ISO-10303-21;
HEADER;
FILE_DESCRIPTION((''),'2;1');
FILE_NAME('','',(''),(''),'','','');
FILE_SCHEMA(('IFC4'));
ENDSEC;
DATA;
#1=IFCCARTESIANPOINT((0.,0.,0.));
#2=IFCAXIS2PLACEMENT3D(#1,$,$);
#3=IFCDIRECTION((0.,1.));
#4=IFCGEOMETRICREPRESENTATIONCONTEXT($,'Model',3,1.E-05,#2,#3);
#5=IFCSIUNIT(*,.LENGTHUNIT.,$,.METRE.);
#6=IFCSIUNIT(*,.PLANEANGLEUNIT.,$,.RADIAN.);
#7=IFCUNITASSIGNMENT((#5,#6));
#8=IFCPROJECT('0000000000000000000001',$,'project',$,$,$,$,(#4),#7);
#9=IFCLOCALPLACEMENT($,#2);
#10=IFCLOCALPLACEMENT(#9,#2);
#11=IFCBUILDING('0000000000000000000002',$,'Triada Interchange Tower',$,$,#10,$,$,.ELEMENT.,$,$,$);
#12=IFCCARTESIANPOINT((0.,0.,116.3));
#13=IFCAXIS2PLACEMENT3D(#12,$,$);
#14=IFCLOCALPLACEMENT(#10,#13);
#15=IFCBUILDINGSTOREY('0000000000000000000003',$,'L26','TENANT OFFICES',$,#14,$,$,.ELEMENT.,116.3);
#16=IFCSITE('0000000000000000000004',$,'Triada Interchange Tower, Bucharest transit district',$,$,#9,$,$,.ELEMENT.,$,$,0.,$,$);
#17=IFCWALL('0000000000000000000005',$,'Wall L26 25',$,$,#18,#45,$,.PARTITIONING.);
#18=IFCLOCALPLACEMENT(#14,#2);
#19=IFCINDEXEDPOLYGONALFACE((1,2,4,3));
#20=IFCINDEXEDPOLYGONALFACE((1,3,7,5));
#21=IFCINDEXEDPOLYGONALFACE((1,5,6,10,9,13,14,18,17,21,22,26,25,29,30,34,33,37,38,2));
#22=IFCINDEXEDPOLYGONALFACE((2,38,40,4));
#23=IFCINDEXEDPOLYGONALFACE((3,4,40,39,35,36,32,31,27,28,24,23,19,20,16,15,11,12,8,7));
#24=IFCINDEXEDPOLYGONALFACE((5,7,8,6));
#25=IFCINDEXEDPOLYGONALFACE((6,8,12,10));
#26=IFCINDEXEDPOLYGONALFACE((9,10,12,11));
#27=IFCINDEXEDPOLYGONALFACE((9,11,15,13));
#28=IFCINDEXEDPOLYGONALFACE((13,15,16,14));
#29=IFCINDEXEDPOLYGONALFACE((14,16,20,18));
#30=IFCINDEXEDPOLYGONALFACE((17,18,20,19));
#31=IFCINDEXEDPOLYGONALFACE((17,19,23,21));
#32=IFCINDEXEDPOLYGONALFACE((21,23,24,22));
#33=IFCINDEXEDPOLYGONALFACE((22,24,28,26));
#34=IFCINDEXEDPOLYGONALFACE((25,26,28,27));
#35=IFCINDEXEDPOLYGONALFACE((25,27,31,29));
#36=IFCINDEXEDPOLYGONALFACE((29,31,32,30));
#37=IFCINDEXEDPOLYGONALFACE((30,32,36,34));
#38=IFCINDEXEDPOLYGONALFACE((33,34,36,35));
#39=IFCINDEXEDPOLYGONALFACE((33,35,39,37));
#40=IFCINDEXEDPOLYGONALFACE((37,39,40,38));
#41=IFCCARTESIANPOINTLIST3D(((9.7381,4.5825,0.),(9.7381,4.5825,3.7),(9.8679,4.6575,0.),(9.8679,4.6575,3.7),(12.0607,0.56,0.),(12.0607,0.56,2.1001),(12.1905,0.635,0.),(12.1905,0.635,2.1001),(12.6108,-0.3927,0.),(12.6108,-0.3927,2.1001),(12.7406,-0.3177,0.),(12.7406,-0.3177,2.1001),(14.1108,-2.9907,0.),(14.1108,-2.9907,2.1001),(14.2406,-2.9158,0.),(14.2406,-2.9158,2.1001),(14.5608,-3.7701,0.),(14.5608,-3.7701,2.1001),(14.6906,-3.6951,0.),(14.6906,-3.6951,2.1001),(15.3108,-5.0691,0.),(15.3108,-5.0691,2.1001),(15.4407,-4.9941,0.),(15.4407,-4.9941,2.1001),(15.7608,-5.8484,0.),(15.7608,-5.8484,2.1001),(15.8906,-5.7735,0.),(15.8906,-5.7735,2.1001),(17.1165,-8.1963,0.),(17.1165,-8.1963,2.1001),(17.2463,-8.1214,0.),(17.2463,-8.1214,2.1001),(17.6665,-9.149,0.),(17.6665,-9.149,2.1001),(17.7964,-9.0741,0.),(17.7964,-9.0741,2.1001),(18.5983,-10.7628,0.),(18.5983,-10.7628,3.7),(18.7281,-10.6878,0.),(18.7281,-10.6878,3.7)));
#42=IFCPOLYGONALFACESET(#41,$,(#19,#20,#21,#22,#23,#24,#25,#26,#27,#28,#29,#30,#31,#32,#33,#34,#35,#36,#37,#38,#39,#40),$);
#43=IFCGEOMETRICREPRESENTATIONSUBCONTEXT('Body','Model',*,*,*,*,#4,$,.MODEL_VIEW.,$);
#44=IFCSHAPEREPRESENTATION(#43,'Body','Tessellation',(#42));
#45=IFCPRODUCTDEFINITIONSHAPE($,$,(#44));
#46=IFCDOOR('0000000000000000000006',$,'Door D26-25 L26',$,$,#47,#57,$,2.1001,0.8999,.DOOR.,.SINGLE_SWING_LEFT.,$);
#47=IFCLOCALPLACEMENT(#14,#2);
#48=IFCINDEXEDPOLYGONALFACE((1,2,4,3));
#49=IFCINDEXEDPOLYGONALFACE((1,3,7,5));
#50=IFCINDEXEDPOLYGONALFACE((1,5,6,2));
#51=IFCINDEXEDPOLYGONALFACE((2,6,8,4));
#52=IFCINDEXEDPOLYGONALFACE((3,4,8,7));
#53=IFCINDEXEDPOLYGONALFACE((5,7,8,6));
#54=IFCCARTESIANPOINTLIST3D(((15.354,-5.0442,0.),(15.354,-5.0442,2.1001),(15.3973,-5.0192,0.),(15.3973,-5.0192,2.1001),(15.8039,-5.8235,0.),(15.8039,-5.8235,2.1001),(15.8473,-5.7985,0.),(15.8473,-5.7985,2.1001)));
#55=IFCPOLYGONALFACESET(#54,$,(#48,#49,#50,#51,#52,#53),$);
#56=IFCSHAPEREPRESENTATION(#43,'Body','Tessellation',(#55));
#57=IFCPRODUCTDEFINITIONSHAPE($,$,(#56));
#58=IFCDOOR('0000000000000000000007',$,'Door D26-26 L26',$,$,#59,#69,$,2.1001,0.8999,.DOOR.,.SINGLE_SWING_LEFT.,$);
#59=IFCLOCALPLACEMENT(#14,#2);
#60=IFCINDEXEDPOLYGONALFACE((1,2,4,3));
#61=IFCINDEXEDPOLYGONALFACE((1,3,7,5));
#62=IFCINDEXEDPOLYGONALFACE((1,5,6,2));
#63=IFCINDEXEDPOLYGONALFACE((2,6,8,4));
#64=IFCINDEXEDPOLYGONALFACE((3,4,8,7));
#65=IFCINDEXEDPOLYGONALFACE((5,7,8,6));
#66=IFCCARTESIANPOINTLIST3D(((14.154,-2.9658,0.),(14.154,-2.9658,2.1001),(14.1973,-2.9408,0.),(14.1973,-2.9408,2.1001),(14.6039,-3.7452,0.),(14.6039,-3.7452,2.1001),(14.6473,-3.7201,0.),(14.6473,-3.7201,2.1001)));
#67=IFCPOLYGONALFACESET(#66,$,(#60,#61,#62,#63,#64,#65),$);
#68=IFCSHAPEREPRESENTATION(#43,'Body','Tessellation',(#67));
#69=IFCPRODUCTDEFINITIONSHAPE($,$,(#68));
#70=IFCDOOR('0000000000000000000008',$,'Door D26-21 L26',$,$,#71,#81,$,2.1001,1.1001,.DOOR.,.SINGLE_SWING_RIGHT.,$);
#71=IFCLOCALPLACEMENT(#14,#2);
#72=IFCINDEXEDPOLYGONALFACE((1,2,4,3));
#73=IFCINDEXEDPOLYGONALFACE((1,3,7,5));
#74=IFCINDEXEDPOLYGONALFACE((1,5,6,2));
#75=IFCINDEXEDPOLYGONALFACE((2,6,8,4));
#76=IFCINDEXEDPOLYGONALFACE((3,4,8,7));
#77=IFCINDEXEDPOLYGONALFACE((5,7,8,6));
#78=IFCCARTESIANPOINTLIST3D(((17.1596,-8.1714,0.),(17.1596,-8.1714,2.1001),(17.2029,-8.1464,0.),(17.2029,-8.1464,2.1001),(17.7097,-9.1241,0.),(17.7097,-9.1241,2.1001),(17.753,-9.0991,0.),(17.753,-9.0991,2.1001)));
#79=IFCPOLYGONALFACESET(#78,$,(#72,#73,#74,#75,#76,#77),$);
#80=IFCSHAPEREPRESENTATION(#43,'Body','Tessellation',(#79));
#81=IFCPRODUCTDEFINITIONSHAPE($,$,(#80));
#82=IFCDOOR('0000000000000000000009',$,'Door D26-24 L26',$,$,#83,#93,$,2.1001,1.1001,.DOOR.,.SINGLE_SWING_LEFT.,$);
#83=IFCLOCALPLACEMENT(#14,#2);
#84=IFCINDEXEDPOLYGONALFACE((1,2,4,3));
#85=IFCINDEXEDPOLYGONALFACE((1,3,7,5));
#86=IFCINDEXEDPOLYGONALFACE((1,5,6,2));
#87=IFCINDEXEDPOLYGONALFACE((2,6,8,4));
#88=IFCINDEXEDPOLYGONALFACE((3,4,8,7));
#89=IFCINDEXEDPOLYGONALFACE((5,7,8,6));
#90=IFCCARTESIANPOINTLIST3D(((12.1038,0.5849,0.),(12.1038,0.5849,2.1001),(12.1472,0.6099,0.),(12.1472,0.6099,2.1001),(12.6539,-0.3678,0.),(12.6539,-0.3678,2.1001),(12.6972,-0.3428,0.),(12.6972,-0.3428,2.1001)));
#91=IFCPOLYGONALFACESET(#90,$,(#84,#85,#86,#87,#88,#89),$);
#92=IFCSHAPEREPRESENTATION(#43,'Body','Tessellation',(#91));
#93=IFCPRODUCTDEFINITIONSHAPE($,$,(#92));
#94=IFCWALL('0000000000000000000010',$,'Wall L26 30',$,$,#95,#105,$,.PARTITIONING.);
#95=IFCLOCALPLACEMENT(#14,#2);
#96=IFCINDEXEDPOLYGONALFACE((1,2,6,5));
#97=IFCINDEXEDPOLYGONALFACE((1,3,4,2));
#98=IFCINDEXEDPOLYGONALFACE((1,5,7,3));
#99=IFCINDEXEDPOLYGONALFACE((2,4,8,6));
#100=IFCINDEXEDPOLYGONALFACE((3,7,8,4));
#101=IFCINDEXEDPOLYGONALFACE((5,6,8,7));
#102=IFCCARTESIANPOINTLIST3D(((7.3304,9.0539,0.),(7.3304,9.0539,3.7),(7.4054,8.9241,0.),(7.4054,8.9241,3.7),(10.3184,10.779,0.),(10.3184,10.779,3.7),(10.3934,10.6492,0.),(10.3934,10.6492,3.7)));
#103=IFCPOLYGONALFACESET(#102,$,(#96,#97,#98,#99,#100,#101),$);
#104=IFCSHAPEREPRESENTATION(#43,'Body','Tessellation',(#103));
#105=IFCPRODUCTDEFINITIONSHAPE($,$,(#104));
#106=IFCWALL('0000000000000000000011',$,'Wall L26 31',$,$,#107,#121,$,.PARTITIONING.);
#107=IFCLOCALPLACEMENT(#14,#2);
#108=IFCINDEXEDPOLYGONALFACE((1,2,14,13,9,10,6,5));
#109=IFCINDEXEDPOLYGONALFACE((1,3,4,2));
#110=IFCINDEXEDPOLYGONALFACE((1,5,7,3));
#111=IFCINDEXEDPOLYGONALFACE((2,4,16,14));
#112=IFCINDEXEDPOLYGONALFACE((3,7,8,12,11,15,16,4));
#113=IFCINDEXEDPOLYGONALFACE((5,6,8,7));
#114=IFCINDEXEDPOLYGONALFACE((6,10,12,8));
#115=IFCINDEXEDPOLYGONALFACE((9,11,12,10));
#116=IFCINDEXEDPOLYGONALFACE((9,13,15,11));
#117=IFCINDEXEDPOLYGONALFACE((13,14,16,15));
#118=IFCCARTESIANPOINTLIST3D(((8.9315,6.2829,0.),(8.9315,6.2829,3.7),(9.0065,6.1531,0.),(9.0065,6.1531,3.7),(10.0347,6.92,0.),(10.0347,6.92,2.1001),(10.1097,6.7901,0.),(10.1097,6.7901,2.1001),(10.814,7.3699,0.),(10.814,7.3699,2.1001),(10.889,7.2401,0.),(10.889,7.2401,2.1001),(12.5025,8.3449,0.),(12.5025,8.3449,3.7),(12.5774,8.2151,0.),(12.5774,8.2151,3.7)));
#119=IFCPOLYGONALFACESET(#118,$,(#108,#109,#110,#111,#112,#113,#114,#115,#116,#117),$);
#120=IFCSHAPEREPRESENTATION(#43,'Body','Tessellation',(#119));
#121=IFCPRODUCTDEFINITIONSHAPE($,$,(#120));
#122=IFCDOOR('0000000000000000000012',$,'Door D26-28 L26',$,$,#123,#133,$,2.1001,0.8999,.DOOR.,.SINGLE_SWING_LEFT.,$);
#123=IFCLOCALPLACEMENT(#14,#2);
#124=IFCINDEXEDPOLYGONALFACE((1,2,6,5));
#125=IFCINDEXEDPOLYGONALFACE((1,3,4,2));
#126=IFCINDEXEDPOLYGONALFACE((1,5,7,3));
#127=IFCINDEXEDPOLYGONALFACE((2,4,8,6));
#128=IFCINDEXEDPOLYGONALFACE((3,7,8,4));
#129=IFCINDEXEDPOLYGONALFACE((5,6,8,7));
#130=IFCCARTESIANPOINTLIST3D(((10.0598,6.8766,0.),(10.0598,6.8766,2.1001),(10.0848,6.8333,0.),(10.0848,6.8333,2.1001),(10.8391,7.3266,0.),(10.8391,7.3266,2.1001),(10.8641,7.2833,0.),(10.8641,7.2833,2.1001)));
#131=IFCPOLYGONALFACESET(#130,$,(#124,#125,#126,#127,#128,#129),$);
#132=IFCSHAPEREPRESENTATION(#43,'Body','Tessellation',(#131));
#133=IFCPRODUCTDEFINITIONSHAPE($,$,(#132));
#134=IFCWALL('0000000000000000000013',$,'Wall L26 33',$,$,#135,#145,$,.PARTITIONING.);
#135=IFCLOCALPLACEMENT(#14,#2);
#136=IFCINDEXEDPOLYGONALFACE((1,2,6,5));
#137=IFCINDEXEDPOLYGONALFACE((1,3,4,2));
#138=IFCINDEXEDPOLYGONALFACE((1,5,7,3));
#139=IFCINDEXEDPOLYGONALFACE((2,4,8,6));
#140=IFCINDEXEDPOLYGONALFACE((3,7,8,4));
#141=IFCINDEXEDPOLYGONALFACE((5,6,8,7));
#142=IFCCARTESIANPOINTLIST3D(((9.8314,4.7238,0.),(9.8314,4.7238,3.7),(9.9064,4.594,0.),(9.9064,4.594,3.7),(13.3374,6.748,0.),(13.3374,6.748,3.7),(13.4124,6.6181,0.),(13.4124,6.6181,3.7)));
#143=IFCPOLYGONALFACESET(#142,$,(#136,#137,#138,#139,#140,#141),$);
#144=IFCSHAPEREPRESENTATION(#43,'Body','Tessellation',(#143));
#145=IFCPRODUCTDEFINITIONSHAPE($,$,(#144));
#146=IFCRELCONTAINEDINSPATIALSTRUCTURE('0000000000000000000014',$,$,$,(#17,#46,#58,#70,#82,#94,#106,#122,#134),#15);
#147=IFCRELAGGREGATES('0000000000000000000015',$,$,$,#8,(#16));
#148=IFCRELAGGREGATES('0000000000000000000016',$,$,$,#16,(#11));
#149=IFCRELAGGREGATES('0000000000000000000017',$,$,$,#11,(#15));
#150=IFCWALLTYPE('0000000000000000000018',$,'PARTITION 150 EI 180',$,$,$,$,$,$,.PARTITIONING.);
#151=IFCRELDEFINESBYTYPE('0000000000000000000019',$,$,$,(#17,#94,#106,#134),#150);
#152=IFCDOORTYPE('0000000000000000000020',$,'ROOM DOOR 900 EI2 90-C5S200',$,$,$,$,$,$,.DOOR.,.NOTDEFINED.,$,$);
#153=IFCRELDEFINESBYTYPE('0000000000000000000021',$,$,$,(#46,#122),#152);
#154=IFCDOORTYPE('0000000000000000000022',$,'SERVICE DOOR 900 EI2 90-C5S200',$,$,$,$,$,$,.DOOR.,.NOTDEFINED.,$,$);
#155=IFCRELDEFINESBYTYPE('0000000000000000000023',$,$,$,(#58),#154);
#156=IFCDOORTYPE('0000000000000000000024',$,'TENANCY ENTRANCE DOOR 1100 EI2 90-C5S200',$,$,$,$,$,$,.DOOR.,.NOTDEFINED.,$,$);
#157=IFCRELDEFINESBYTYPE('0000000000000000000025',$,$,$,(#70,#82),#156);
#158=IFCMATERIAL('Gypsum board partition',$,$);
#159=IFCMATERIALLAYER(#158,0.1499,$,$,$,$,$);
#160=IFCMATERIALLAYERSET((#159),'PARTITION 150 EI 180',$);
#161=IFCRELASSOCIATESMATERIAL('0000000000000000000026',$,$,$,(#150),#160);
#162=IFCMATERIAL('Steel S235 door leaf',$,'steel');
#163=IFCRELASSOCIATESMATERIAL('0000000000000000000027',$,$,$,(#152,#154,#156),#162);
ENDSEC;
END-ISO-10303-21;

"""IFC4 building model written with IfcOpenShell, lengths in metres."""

from ifc_helpers import new_model, si_unit, direction, frame, frame_2d, origin, place, context, subcontext, project, spatial, rectangle, extrude, material, layer, layer_set, type_object, element, fill, save


model = new_model("IFC4")

# Units and contexts
model_context = context("Model", 3, precision=1e-05, world=origin(), true_north=direction((0.0, 1.0)))
body_context = subcontext(model_context, "Body", "Model", "MODEL_VIEW")
ifc_project = project(units=[si_unit("LENGTHUNIT", "METRE"), si_unit("PLANEANGLEUNIT", "RADIAN")], contexts=[model_context])

# Site, building, storey
site_placement = place(None, origin())
site = spatial("IfcSite", under=ifc_project, at=site_placement, Name="Triada Interchange Tower, Bucharest transit district", CompositionType="ELEMENT", RefElevation=0.0)
building_placement = place(site_placement, origin())
building = spatial("IfcBuilding", under=site, at=building_placement, Name="Triada Interchange Tower", CompositionType="ELEMENT")
storey_placement = place(building_placement, frame((0.0, 0.0, 116.3)))
storey = spatial("IfcBuildingStorey", under=building, at=storey_placement, Name="L26", Description="TENANT OFFICES", CompositionType="ELEMENT", Elevation=116.3)

# Shared definitions
ifc_material_1 = material(Name="Steel S235 door leaf", Category="steel")

# Wall, openings, doors
ifc_material_2 = material(Name="Gypsum board partition")
ifc_layer_1 = layer(ifc_material_2, 0.1499)
ifc_layer_set_1 = layer_set([ifc_layer_1], Name="PARTITION 150 EI 180")
wall_type_1 = type_object("IfcWallType", Name="PARTITION 150 EI 180", PredefinedType="PARTITIONING", material=ifc_layer_set_1)
wall_1_placement = place(storey_placement, frame((9.803, 4.6201, 0.0), z_axis=(0.0, 0.0, 1.0), x_axis=(0.500023, -0.866012, 0.0)))
wall_1 = element("IfcWall", 1, at=wall_1_placement, inside=storey, type_object=wall_type_1, Name="Wall L26 25", PredefinedType="PARTITIONING", context=body_context, shape_type="SweptSolid", body=[
    extrude(rectangle(XDim=17.7195, YDim=0.1499, at=frame_2d((8.8599, 0.0))), origin(), (0.0, 0.0, 1.0), 3.7),
])
opening_1_placement = place(wall_1_placement, frame((14.7561, 0.0, 0.0)))
opening_1 = element("IfcOpeningElement", 2, at=opening_1_placement, cuts=wall_1, PredefinedType="OPENING", context=body_context, shape_type="SweptSolid", body=[
    extrude(rectangle(XDim=1.1001, YDim=2.1001, at=frame_2d((0.55, 1.05))), frame((0.0, 0.085, 0.0), z_axis=(0.0, -1.0, 0.0), x_axis=(1.0, 0.0, 0.0)), (0.0, 0.0, 1.0), 0.1699),
])
opening_2_placement = place(wall_1_placement, frame((4.645, 0.0, 0.0)))
opening_2 = element("IfcOpeningElement", 3, at=opening_2_placement, cuts=wall_1, PredefinedType="OPENING", context=body_context, shape_type="SweptSolid", body=[
    extrude(rectangle(XDim=1.1001, YDim=2.1001, at=frame_2d((0.55, 1.05))), frame((0.0, 0.085, 0.0), z_axis=(0.0, -1.0, 0.0), x_axis=(1.0, 0.0, 0.0)), (0.0, 0.0, 1.0), 0.1699),
])
opening_3_placement = place(wall_1_placement, frame((11.145, 0.0, 0.0)))
opening_3 = element("IfcOpeningElement", 4, at=opening_3_placement, cuts=wall_1, PredefinedType="OPENING", context=body_context, shape_type="SweptSolid", body=[
    extrude(rectangle(XDim=0.8999, YDim=2.1001, at=frame_2d((0.45, 1.05))), frame((0.0, 0.085, 0.0), z_axis=(0.0, -1.0, 0.0), x_axis=(1.0, 0.0, 0.0)), (0.0, 0.0, 1.0), 0.1699),
])
opening_4_placement = place(wall_1_placement, frame((8.7451, 0.0, 0.0)))
opening_4 = element("IfcOpeningElement", 5, at=opening_4_placement, cuts=wall_1, PredefinedType="OPENING", context=body_context, shape_type="SweptSolid", body=[
    extrude(rectangle(XDim=0.8999, YDim=2.1001, at=frame_2d((0.45, 1.05))), frame((0.0, 0.085, 0.0), z_axis=(0.0, -1.0, 0.0), x_axis=(1.0, 0.0, 0.0)), (0.0, 0.0, 1.0), 0.1699),
])
door_type_1 = type_object("IfcDoorType", Name="ROOM DOOR 900 EI2 90-C5S200", OperationType="NOTDEFINED", PredefinedType="DOOR", material=ifc_material_1)
door_1_placement = place(opening_3_placement, origin())
door_1 = element("IfcDoor", 6, at=door_1_placement, inside=storey, type_object=door_type_1, Name="Door D26-25 L26", OperationType="SINGLE_SWING_LEFT", OverallHeight=2.1001, OverallWidth=0.8999, PredefinedType="DOOR", context=body_context, shape_type="SweptSolid", body=[
    extrude(rectangle(XDim=0.8999, YDim=2.1001, at=frame_2d((0.45, 1.05))), frame((0.0, 0.0249, 0.0), z_axis=(0.0, -1.0, 0.0), x_axis=(1.0, 0.0, 0.0)), (0.0, 0.0, 1.0), 0.05),
])
fill(opening_3, door_1)
door_type_2 = type_object("IfcDoorType", Name="SERVICE DOOR 900 EI2 90-C5S200", OperationType="NOTDEFINED", PredefinedType="DOOR", material=ifc_material_1)
door_2_placement = place(opening_4_placement, origin())
door_2 = element("IfcDoor", 7, at=door_2_placement, inside=storey, type_object=door_type_2, Name="Door D26-26 L26", OperationType="SINGLE_SWING_LEFT", OverallHeight=2.1001, OverallWidth=0.8999, PredefinedType="DOOR", context=body_context, shape_type="SweptSolid", body=[
    extrude(rectangle(XDim=0.8999, YDim=2.1001, at=frame_2d((0.45, 1.05))), frame((0.0, 0.0249, 0.0), z_axis=(0.0, -1.0, 0.0), x_axis=(1.0, 0.0, 0.0)), (0.0, 0.0, 1.0), 0.05),
])
fill(opening_4, door_2)
door_type_3 = type_object("IfcDoorType", Name="TENANCY ENTRANCE DOOR 1100 EI2 90-C5S200", OperationType="NOTDEFINED", PredefinedType="DOOR", material=ifc_material_1)
door_3_placement = place(opening_1_placement, origin())
door_3 = element("IfcDoor", 8, at=door_3_placement, inside=storey, type_object=door_type_3, Name="Door D26-21 L26", OperationType="SINGLE_SWING_RIGHT", OverallHeight=2.1001, OverallWidth=1.1001, PredefinedType="DOOR", context=body_context, shape_type="SweptSolid", body=[
    extrude(rectangle(XDim=1.1001, YDim=2.1001, at=frame_2d((0.55, 1.05))), frame((0.0, 0.0249, 0.0), z_axis=(0.0, -1.0, 0.0), x_axis=(1.0, 0.0, 0.0)), (0.0, 0.0, 1.0), 0.05),
])
fill(opening_1, door_3)
door_4_placement = place(opening_2_placement, origin())
door_4 = element("IfcDoor", 9, at=door_4_placement, inside=storey, type_object=door_type_3, Name="Door D26-24 L26", OperationType="SINGLE_SWING_LEFT", OverallHeight=2.1001, OverallWidth=1.1001, PredefinedType="DOOR", context=body_context, shape_type="SweptSolid", body=[
    extrude(rectangle(XDim=1.1001, YDim=2.1001, at=frame_2d((0.55, 1.05))), frame((0.0, 0.0249, 0.0), z_axis=(0.0, -1.0, 0.0), x_axis=(1.0, 0.0, 0.0)), (0.0, 0.0, 1.0), 0.05),
])
fill(opening_2, door_4)

# Wall
wall_2_placement = place(storey_placement, frame((7.3679, 8.989, 0.0), z_axis=(0.0, 0.0, 1.0), x_axis=(0.866031, 0.49999, 0.0)))
element("IfcWall", 10, at=wall_2_placement, inside=storey, type_object=wall_type_1, Name="Wall L26 30", PredefinedType="PARTITIONING", context=body_context, shape_type="SweptSolid", body=[
    extrude(rectangle(XDim=3.4502, YDim=0.1499, at=frame_2d((1.7251, 0.0))), origin(), (0.0, 0.0, 1.0), 3.7),
])

# Wall, opening, door
wall_3_placement = place(storey_placement, frame((8.969, 6.218, 0.0), z_axis=(0.0, 0.0, 1.0), x_axis=(0.865997, 0.500049, 0.0)))
wall_3 = element("IfcWall", 11, at=wall_3_placement, inside=storey, type_object=wall_type_1, Name="Wall L26 31", PredefinedType="PARTITIONING", context=body_context, shape_type="SweptSolid", body=[
    extrude(rectangle(XDim=4.1235, YDim=0.1499, at=frame_2d((2.0618, 0.0))), origin(), (0.0, 0.0, 1.0), 3.7),
])
opening_5_placement = place(wall_3_placement, frame((1.2739, 0.0, 0.0)))
opening_5 = element("IfcOpeningElement", 12, at=opening_5_placement, cuts=wall_3, PredefinedType="OPENING", context=body_context, shape_type="SweptSolid", body=[
    extrude(rectangle(XDim=0.8999, YDim=2.1001, at=frame_2d((0.45, 1.05))), frame((0.0, 0.085, 0.0), z_axis=(0.0, -1.0, 0.0), x_axis=(1.0, 0.0, 0.0)), (0.0, 0.0, 1.0), 0.1699),
])
door_5_placement = place(opening_5_placement, origin())
door_5 = element("IfcDoor", 13, at=door_5_placement, inside=storey, type_object=door_type_1, Name="Door D26-28 L26", OperationType="SINGLE_SWING_LEFT", OverallHeight=2.1001, OverallWidth=0.8999, PredefinedType="DOOR", context=body_context, shape_type="SweptSolid", body=[
    extrude(rectangle(XDim=0.8999, YDim=2.1001, at=frame_2d((0.45, 1.05))), frame((0.0, 0.0249, 0.0), z_axis=(0.0, -1.0, 0.0), x_axis=(1.0, 0.0, 0.0)), (0.0, 0.0, 1.0), 0.05),
])
fill(opening_5, door_5)

# Wall
wall_4_placement = place(storey_placement, frame((9.8689, 4.6589, 0.0), z_axis=(0.0, 0.0, 1.0), x_axis=(0.866034, 0.499985, 0.0)))
element("IfcWall", 14, at=wall_4_placement, inside=storey, type_object=wall_type_1, Name="Wall L26 33", PredefinedType="PARTITIONING", context=body_context, shape_type="SweptSolid", body=[
    extrude(rectangle(XDim=4.0483, YDim=0.1499, at=frame_2d((2.0242, 0.0))), origin(), (0.0, 0.0, 1.0), 3.7),
])

save(model, "model.ifc")
